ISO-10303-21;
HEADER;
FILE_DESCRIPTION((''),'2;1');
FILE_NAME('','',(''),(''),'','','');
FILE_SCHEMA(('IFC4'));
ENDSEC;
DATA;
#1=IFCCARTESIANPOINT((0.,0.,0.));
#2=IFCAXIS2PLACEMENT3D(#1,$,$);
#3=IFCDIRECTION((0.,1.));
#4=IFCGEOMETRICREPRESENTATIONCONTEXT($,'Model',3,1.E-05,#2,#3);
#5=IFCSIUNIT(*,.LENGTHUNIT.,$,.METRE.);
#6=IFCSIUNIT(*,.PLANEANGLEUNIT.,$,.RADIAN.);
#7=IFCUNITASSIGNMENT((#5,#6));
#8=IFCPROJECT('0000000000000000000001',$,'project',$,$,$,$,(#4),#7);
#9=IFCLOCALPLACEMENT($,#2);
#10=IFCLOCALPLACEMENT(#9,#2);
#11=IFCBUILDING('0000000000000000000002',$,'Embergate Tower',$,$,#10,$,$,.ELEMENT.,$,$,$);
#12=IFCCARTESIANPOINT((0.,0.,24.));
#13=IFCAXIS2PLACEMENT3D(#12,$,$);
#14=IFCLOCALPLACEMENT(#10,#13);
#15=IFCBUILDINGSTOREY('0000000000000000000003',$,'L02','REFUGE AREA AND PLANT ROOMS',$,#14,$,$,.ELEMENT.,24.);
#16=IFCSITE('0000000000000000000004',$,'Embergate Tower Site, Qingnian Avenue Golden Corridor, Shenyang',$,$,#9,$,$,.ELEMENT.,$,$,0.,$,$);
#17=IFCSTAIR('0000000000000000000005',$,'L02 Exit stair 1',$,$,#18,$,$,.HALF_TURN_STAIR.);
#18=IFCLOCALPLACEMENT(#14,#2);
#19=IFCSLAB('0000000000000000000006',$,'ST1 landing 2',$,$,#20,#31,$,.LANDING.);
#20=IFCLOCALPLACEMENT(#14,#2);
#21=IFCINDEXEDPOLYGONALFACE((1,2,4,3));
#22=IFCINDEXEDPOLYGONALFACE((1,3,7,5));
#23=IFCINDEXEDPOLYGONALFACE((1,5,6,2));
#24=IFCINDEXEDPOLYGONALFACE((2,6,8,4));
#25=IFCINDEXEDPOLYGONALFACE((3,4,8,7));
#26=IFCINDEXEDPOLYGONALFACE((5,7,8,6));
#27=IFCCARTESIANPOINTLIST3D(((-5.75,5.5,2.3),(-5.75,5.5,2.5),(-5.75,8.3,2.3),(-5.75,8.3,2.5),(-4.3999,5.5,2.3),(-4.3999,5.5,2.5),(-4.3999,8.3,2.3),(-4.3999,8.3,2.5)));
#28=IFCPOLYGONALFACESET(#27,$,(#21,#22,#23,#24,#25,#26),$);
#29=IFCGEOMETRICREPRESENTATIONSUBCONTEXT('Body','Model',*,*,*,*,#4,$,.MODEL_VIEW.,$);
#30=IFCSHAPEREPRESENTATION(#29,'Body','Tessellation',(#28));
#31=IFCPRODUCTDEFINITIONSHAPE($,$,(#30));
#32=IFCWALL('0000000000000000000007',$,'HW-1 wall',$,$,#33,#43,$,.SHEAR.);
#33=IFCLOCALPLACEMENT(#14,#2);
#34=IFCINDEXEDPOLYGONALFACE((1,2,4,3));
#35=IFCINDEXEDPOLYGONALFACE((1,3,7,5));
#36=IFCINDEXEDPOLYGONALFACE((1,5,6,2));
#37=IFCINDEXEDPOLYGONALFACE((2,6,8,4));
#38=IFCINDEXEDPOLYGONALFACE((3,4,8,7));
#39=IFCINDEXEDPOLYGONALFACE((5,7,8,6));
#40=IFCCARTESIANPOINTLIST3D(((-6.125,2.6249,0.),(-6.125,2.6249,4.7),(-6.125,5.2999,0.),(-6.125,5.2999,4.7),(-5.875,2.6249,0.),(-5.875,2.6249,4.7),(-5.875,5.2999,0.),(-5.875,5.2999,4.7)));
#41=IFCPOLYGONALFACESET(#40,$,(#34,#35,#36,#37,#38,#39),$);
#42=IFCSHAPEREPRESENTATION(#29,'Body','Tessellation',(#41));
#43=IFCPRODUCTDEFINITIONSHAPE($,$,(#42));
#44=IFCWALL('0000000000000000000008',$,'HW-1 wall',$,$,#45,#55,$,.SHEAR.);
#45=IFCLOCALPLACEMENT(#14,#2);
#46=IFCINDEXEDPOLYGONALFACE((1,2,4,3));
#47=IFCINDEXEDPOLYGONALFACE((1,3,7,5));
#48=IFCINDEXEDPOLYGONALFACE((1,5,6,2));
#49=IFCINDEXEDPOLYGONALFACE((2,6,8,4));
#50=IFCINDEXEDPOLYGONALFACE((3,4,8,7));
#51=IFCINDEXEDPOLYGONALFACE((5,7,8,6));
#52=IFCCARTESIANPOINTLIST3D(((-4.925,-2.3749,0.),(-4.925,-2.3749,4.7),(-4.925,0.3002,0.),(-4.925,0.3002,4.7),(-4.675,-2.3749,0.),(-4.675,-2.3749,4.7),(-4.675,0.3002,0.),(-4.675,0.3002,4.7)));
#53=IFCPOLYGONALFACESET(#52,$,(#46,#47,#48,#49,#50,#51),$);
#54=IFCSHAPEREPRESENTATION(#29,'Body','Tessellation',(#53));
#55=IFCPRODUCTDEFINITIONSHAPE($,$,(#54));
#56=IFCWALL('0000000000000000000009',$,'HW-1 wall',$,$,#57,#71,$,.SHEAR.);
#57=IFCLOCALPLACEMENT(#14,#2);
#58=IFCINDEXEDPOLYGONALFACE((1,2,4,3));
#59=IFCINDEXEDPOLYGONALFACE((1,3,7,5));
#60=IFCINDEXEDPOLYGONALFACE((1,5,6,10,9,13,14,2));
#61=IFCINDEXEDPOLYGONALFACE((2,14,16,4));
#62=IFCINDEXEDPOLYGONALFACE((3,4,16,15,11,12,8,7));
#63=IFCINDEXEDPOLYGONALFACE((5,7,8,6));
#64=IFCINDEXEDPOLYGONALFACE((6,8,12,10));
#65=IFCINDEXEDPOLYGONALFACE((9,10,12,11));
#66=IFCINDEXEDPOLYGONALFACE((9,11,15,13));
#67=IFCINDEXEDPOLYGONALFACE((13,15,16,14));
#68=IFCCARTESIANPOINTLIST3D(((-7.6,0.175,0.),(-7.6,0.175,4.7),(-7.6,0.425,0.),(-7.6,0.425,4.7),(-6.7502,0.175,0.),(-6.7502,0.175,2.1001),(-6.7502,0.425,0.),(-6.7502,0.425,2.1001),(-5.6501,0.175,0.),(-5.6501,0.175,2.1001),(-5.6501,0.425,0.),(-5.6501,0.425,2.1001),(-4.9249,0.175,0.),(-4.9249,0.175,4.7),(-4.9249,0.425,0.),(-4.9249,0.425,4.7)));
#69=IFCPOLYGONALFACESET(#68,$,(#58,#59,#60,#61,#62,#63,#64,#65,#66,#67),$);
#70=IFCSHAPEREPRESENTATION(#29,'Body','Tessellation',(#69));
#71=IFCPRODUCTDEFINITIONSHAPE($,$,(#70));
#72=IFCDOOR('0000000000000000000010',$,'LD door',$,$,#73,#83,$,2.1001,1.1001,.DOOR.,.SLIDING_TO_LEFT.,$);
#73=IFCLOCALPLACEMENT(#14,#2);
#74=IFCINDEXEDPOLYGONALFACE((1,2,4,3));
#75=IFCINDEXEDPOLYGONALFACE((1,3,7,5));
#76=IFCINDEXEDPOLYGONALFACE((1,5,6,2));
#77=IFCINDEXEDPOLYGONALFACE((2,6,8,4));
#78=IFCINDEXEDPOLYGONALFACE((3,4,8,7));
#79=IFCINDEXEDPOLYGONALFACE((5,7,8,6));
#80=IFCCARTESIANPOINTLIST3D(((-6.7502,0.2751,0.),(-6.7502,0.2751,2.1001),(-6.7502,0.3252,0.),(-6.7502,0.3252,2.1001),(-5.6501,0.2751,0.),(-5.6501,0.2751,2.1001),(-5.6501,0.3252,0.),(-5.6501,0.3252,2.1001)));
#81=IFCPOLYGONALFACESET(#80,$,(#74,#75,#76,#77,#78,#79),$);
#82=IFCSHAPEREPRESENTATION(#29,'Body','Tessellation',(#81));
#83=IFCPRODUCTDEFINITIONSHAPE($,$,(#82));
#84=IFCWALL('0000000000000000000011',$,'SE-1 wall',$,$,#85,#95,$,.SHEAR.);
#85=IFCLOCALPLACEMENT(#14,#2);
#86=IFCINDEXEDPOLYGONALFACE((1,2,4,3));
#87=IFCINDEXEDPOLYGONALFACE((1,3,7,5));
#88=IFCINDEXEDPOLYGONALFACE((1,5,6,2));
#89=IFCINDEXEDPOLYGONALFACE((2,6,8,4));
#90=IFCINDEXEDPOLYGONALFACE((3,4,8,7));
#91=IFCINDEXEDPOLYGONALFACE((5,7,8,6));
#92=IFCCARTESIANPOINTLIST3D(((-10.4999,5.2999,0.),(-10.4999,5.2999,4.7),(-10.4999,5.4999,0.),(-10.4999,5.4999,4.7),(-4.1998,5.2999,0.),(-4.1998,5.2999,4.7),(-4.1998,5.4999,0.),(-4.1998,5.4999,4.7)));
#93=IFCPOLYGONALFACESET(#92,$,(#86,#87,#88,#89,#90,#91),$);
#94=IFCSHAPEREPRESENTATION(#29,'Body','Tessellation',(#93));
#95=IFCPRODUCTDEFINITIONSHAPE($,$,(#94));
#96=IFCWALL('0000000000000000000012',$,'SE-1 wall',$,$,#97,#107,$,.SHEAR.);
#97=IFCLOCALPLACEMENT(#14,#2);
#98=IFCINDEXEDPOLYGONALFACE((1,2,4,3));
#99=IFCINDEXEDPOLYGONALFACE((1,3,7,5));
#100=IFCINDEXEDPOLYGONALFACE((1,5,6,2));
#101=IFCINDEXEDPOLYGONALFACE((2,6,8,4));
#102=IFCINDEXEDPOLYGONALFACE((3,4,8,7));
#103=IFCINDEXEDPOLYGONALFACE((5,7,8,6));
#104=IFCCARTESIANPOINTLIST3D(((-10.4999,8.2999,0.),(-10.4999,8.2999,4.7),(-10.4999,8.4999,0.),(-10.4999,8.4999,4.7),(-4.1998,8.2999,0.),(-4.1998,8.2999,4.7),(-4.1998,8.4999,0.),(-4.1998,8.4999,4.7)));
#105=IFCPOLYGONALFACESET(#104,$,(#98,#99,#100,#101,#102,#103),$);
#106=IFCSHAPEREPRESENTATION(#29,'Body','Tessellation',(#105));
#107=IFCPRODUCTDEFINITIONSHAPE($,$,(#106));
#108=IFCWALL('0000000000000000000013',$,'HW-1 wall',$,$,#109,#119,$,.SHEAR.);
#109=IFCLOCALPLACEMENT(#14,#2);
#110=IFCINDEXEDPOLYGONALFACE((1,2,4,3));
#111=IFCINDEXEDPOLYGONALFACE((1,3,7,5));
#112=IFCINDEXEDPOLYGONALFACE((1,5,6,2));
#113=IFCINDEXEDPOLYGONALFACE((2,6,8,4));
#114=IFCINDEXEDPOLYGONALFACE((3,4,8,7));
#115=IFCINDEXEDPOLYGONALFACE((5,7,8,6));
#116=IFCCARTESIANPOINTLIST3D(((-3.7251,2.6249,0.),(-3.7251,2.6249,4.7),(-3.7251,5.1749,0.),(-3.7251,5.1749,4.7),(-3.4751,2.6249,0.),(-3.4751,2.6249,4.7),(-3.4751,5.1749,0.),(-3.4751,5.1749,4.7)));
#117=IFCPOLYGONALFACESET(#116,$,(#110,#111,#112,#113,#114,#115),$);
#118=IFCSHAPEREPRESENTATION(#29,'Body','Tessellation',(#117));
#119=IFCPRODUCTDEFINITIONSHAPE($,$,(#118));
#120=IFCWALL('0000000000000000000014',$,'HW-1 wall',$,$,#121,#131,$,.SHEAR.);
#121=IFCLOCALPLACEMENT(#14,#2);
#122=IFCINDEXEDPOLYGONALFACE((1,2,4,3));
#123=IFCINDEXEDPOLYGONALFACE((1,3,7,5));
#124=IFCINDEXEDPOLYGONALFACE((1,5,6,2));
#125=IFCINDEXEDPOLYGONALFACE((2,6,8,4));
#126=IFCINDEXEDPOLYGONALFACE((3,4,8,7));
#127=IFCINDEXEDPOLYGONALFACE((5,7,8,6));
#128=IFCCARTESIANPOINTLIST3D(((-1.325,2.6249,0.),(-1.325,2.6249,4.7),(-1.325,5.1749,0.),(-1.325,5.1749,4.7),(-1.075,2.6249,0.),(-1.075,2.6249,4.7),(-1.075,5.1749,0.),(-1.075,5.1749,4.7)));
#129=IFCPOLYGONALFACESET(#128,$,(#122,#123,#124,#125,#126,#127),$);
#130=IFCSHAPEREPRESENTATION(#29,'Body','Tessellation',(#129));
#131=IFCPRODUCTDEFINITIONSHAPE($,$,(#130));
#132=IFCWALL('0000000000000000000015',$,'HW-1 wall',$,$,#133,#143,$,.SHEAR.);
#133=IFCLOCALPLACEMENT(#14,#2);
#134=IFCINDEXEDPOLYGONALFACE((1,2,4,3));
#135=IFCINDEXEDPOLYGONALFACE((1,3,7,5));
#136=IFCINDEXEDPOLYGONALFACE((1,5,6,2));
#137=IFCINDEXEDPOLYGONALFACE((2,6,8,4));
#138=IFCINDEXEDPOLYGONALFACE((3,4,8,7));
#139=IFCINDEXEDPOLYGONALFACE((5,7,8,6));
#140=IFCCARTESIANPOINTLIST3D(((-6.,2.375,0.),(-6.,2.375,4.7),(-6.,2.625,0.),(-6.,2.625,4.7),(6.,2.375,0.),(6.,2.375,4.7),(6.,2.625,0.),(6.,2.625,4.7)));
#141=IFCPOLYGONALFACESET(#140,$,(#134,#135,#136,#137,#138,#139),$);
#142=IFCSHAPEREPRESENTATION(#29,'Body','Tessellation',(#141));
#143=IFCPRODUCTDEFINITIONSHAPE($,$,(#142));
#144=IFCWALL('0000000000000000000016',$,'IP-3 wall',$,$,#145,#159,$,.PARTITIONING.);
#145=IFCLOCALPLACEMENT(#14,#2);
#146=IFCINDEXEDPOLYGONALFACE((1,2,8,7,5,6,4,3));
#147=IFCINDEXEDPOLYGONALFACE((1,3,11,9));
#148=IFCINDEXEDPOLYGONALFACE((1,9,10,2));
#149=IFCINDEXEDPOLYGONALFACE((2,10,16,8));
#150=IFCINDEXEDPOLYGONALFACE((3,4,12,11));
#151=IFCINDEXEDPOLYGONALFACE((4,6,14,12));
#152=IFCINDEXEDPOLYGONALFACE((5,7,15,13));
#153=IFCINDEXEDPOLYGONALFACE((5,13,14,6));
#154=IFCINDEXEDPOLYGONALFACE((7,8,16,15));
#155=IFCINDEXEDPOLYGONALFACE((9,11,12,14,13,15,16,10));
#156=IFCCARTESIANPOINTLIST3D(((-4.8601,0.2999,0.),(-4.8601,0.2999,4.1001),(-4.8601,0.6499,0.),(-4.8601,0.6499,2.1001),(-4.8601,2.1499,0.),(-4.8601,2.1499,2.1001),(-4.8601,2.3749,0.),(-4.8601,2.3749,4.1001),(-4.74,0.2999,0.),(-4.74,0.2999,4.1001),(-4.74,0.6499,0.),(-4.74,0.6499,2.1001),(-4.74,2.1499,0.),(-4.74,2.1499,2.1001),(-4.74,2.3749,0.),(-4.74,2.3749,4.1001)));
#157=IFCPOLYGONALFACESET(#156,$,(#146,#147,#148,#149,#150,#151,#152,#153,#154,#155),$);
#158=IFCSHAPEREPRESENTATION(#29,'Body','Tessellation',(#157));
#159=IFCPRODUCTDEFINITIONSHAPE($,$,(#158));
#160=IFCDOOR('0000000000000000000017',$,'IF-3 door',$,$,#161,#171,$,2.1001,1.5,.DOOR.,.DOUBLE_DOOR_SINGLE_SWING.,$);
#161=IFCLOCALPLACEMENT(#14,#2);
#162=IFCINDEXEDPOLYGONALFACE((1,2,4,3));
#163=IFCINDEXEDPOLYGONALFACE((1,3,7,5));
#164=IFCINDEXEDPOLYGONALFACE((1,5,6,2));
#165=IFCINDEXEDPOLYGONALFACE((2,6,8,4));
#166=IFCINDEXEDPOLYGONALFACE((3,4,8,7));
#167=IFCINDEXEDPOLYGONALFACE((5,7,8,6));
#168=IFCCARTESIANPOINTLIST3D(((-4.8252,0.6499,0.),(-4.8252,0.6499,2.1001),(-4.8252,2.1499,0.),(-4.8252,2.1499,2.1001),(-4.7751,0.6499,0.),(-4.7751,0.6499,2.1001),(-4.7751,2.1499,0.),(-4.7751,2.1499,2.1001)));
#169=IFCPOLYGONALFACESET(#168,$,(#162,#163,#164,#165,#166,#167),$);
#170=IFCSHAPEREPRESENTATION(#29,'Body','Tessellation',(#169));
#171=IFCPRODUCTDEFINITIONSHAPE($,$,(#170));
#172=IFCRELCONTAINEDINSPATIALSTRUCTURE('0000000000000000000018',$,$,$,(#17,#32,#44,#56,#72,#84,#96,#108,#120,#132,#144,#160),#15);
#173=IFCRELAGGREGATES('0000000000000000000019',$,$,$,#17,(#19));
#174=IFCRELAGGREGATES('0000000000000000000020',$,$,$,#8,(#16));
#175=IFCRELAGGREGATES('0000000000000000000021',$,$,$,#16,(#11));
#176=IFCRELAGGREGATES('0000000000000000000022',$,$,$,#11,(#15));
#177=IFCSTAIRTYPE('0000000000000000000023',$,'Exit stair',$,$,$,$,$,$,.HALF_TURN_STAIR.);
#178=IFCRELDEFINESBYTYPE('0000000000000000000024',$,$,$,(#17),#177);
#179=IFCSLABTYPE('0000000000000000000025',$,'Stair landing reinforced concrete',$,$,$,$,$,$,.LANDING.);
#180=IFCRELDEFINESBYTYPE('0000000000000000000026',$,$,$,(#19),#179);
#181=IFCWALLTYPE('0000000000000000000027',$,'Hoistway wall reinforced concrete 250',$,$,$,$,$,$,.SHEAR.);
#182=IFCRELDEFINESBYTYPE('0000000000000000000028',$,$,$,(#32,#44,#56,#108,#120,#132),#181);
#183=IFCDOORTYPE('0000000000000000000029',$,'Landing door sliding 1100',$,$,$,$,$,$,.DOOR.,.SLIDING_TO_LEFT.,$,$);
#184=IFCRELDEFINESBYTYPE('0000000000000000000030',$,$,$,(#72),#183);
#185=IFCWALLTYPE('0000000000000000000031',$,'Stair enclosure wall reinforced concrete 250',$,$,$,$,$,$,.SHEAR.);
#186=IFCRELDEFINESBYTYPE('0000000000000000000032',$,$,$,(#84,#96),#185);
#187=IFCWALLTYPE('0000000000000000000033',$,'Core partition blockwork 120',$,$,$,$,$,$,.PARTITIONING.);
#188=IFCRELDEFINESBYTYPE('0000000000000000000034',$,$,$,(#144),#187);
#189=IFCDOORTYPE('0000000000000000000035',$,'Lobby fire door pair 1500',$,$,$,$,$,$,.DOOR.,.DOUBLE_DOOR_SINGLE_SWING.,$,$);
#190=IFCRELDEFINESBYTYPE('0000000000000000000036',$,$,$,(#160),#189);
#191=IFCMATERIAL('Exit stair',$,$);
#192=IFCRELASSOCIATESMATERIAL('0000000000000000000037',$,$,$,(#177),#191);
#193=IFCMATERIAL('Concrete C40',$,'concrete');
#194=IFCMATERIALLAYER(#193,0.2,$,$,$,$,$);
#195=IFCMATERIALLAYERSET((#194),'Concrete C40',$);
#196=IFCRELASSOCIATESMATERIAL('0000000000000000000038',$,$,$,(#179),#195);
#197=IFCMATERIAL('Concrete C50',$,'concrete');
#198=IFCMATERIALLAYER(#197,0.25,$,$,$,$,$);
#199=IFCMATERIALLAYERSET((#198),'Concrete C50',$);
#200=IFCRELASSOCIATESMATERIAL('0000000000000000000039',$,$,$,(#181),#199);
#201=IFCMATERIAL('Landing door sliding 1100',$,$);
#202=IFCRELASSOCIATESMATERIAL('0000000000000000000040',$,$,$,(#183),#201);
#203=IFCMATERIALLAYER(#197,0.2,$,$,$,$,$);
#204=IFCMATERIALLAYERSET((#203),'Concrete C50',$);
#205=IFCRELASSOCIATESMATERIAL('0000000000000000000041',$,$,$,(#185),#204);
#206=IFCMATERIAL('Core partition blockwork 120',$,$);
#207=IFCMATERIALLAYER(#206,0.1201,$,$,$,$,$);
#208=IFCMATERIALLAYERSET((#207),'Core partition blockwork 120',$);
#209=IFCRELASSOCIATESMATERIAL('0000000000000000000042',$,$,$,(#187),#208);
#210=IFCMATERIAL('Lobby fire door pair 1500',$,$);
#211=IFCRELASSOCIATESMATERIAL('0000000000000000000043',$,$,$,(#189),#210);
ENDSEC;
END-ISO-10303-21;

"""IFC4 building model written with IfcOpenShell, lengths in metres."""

from ifc_helpers import new_model, si_unit, direction, frame, frame_2d, origin, place, context, subcontext, project, spatial, polyline, rectangle, outline, extrude, source, transform, mapped, material, layer, layer_set, type_object, element, fill, aggregate, save


model = new_model("IFC4")

# Units and contexts
model_context = context("Model", 3, precision=1e-05, world=origin(), true_north=direction((0.0, 1.0)))
body_context = subcontext(model_context, "Body", "Model", "MODEL_VIEW")
ifc_project = project(units=[si_unit("LENGTHUNIT", "METRE"), si_unit("PLANEANGLEUNIT", "RADIAN")], contexts=[model_context])

# Site, building, storey
site_placement = place(None, origin())
site = spatial("IfcSite", under=ifc_project, at=site_placement, Name="Embergate Tower Site, Qingnian Avenue Golden Corridor, Shenyang", CompositionType="ELEMENT", RefElevation=0.0)
building_placement = place(site_placement, origin())
building = spatial("IfcBuilding", under=site, at=building_placement, Name="Embergate Tower", CompositionType="ELEMENT")
storey_placement = place(building_placement, frame((0.0, 0.0, 24.0)))
storey = spatial("IfcBuildingStorey", under=building, at=storey_placement, Name="L02", Description="REFUGE AREA AND PLANT ROOMS", CompositionType="ELEMENT", Elevation=24.0)

# Stair, slab
ifc_material_1 = material(Name="Exit stair")
stair_type = type_object("IfcStairType", Name="Exit stair", PredefinedType="HALF_TURN_STAIR", material=ifc_material_1)
stair_placement = place(storey_placement, origin())
stair = element("IfcStair", 1, at=stair_placement, inside=storey, type_object=stair_type, Name="L02 Exit stair 1", PredefinedType="HALF_TURN_STAIR")
ifc_material_2 = material(Name="Concrete C40", Category="concrete")
ifc_layer_1 = layer(ifc_material_2, 0.2)
ifc_layer_set_1 = layer_set([ifc_layer_1], Name="Concrete C40")
slab_type = type_object("IfcSlabType", Name="Stair landing reinforced concrete", PredefinedType="LANDING", material=ifc_layer_set_1)
shared_shape_1 = source(origin(), body_context, "Body", "SweptSolid", [
    extrude(outline(polyline([(0.0, 0.0), (1.3501, 0.0), (1.3501, 2.8), (0.0, 2.8), (0.0, 0.0)])), origin(), (0.0, 0.0, 1.0), 0.2),
])
slab_placement = place(storey_placement, frame((-5.75, 5.5, 2.3)))
slab = element("IfcSlab", 2, at=slab_placement, type_object=slab_type, Name="ST1 landing 2", PredefinedType="LANDING", context=body_context, shape_type="MappedRepresentation", body=[
    mapped(shared_shape_1, transform((0.0, 0.0, 0.0))),
])

# Walls
ifc_material_3 = material(Name="Concrete C50", Category="concrete")
ifc_layer_2 = layer(ifc_material_3, 0.25)
ifc_layer_set_2 = layer_set([ifc_layer_2], Name="Concrete C50")
wall_type_1 = type_object("IfcWallType", Name="Hoistway wall reinforced concrete 250", PredefinedType="SHEAR", material=ifc_layer_set_2)
shared_shape_2 = source(origin(), body_context, "Body", "SweptSolid", [
    extrude(rectangle(XDim=2.675, YDim=0.25, at=frame_2d((1.3374, 0.0))), origin(), (0.0, 0.0, 1.0), 4.7),
])
for number, where, z_axis, x_axis, name in (
    (3, (-6.0, 2.625, 0.0), (0.0, 0.0, 1.0), (0.0, 1.0, 0.0), "HW-1 wall"),
    (4, (-4.8, 0.3, 0.0), (0.0, 0.0, 1.0), (0.0, -1.0, 0.0), "HW-1 wall"),
):
    element("IfcWall", number, at=place(storey_placement, frame(where, z_axis=z_axis, x_axis=x_axis)), inside=storey, type_object=wall_type_1, Name=name, PredefinedType="SHEAR", context=body_context, shape_type="MappedRepresentation", body=[
        mapped(shared_shape_2, transform((0.0, 0.0, 0.0))),
    ])

# Wall, opening, door
wall_1_placement = place(storey_placement, frame((-4.925, 0.3, 0.0), z_axis=(0.0, 0.0, 1.0), x_axis=(-1.0, 0.0, 0.0)))
wall_1 = element("IfcWall", 5, at=wall_1_placement, inside=storey, type_object=wall_type_1, Name="HW-1 wall", PredefinedType="SHEAR", context=body_context, shape_type="MappedRepresentation", body=[
    mapped(shared_shape_2, transform((0.0, 0.0, 0.0))),
])
shared_shape_3 = source(origin(), body_context, "Body", "SweptSolid", [
    extrude(rectangle(XDim=1.1001, YDim=2.1001, at=frame_2d((0.55, 1.05))), frame((0.0, 0.135, 0.0), z_axis=(0.0, -1.0, 0.0), x_axis=(1.0, 0.0, 0.0)), (0.0, 0.0, 1.0), 0.27),
])
opening_1_placement = place(wall_1_placement, frame((0.7251, 0.0, 0.0)))
opening_1 = element("IfcOpeningElement", 6, at=opening_1_placement, cuts=wall_1, PredefinedType="OPENING", context=body_context, shape_type="MappedRepresentation", body=[
    mapped(shared_shape_3, transform((0.0, 0.0, 0.0))),
])
ifc_material_4 = material(Name="Landing door sliding 1100")
door_type_1 = type_object("IfcDoorType", Name="Landing door sliding 1100", OperationType="SLIDING_TO_LEFT", PredefinedType="DOOR", material=ifc_material_4)
shared_shape_4 = source(origin(), body_context, "Body", "SweptSolid", [
    extrude(rectangle(XDim=1.1001, YDim=2.1001, at=frame_2d((0.55, 1.05))), frame((0.0, 0.0249, 0.0), z_axis=(0.0, -1.0, 0.0), x_axis=(1.0, 0.0, 0.0)), (0.0, 0.0, 1.0), 0.05),
])
door_1_placement = place(opening_1_placement, origin())
door_1 = element("IfcDoor", 7, at=door_1_placement, inside=storey, type_object=door_type_1, Name="LD door", OperationType="SLIDING_TO_LEFT", OverallHeight=2.1001, OverallWidth=1.1001, PredefinedType="DOOR", context=body_context, shape_type="MappedRepresentation", body=[
    mapped(shared_shape_4, transform((0.0, 0.0, 0.0))),
])
fill(opening_1, door_1)

# Walls
ifc_layer_3 = layer(ifc_material_3, 0.2)
ifc_layer_set_3 = layer_set([ifc_layer_3], Name="Concrete C50")
wall_type_2 = type_object("IfcWallType", Name="Stair enclosure wall reinforced concrete 250", PredefinedType="SHEAR", material=ifc_layer_set_3)
shared_shape_5 = source(origin(), body_context, "Body", "SweptSolid", [
    extrude(rectangle(XDim=6.3, YDim=0.2, at=frame_2d((3.1499, 0.0))), origin(), (0.0, 0.0, 1.0), 4.7),
])
for number, where, z_axis, x_axis, name in (
    (8, (-4.2, 5.3999, 0.0), (0.0, 0.0, 1.0), (-1.0, 0.0, 0.0), "SE-1 wall"),
    (9, (-4.2, 8.3999, 0.0), (0.0, 0.0, 1.0), (-1.0, 0.0, 0.0), "SE-1 wall"),
):
    element("IfcWall", number, at=place(storey_placement, frame(where, z_axis=z_axis, x_axis=x_axis)), inside=storey, type_object=wall_type_2, Name=name, PredefinedType="SHEAR", context=body_context, shape_type="MappedRepresentation", body=[
        mapped(shared_shape_5, transform((0.0, 0.0, 0.0))),
    ])
shared_shape_6 = source(origin(), body_context, "Body", "SweptSolid", [
    extrude(rectangle(XDim=2.55, YDim=0.25, at=frame_2d((1.2749, 0.0))), origin(), (0.0, 0.0, 1.0), 4.7),
])
for number, where, z_axis, x_axis, name in (
    (10, (-3.6001, 2.625, 0.0), (0.0, 0.0, 1.0), (0.0, 1.0, 0.0), "HW-1 wall"),
    (11, (-1.2, 2.625, 0.0), (0.0, 0.0, 1.0), (0.0, 1.0, 0.0), "HW-1 wall"),
):
    element("IfcWall", number, at=place(storey_placement, frame(where, z_axis=z_axis, x_axis=x_axis)), inside=storey, type_object=wall_type_1, Name=name, PredefinedType="SHEAR", context=body_context, shape_type="MappedRepresentation", body=[
        mapped(shared_shape_6, transform((0.0, 0.0, 0.0))),
    ])
shared_shape_7 = source(origin(), body_context, "Body", "SweptSolid", [
    extrude(rectangle(XDim=12.0, YDim=0.25, at=frame_2d((6.0, 0.0))), origin(), (0.0, 0.0, 1.0), 4.7),
])
wall_2_placement = place(storey_placement, frame((-6.0, 2.5, 0.0), z_axis=(0.0, 0.0, 1.0), x_axis=(1.0, 0.0, 0.0)))
element("IfcWall", 12, at=wall_2_placement, inside=storey, type_object=wall_type_1, Name="HW-1 wall", PredefinedType="SHEAR", context=body_context, shape_type="MappedRepresentation", body=[
    mapped(shared_shape_7, transform((0.0, 0.0, 0.0))),
])

# Wall, opening, door
ifc_material_5 = material(Name="Core partition blockwork 120")
ifc_layer_4 = layer(ifc_material_5, 0.1201)
ifc_layer_set_4 = layer_set([ifc_layer_4], Name="Core partition blockwork 120")
wall_type_3 = type_object("IfcWallType", Name="Core partition blockwork 120", PredefinedType="PARTITIONING", material=ifc_layer_set_4)
shared_shape_8 = source(origin(), body_context, "Body", "SweptSolid", [
    extrude(rectangle(XDim=2.075, YDim=0.1201, at=frame_2d((1.0376, 0.0))), origin(), (0.0, 0.0, 1.0), 4.1001),
])
wall_3_placement = place(storey_placement, frame((-4.8, 2.375, 0.0), z_axis=(0.0, 0.0, 1.0), x_axis=(0.0, -1.0, 0.0)))
wall_3 = element("IfcWall", 13, at=wall_3_placement, inside=storey, type_object=wall_type_3, Name="IP-3 wall", PredefinedType="PARTITIONING", context=body_context, shape_type="MappedRepresentation", body=[
    mapped(shared_shape_8, transform((0.0, 0.0, 0.0))),
])
shared_shape_9 = source(origin(), body_context, "Body", "SweptSolid", [
    extrude(rectangle(XDim=1.5, YDim=2.1001, at=frame_2d((0.75, 1.05))), frame((0.0, 0.0701, 0.0), z_axis=(0.0, -1.0, 0.0), x_axis=(1.0, 0.0, 0.0)), (0.0, 0.0, 1.0), 0.1401),
])
opening_2_placement = place(wall_3_placement, frame((0.2251, 0.0, 0.0)))
opening_2 = element("IfcOpeningElement", 14, at=opening_2_placement, cuts=wall_3, PredefinedType="OPENING", context=body_context, shape_type="MappedRepresentation", body=[
    mapped(shared_shape_9, transform((0.0, 0.0, 0.0))),
])
ifc_material_6 = material(Name="Lobby fire door pair 1500")
door_type_2 = type_object("IfcDoorType", Name="Lobby fire door pair 1500", OperationType="DOUBLE_DOOR_SINGLE_SWING", PredefinedType="DOOR", material=ifc_material_6)
shared_shape_10 = source(origin(), body_context, "Body", "SweptSolid", [
    extrude(rectangle(XDim=1.5, YDim=2.1001, at=frame_2d((0.75, 1.05))), frame((0.0, 0.0249, 0.0), z_axis=(0.0, -1.0, 0.0), x_axis=(1.0, 0.0, 0.0)), (0.0, 0.0, 1.0), 0.05),
])
door_2_placement = place(opening_2_placement, origin())
door_2 = element("IfcDoor", 15, at=door_2_placement, inside=storey, type_object=door_type_2, Name="IF-3 door", OperationType="DOUBLE_DOOR_SINGLE_SWING", OverallHeight=2.1001, OverallWidth=1.5, PredefinedType="DOOR", context=body_context, shape_type="MappedRepresentation", body=[
    mapped(shared_shape_10, transform((0.0, 0.0, 0.0))),
])
fill(opening_2, door_2)

aggregate(stair, [slab])

save(model, "model.ifc")
